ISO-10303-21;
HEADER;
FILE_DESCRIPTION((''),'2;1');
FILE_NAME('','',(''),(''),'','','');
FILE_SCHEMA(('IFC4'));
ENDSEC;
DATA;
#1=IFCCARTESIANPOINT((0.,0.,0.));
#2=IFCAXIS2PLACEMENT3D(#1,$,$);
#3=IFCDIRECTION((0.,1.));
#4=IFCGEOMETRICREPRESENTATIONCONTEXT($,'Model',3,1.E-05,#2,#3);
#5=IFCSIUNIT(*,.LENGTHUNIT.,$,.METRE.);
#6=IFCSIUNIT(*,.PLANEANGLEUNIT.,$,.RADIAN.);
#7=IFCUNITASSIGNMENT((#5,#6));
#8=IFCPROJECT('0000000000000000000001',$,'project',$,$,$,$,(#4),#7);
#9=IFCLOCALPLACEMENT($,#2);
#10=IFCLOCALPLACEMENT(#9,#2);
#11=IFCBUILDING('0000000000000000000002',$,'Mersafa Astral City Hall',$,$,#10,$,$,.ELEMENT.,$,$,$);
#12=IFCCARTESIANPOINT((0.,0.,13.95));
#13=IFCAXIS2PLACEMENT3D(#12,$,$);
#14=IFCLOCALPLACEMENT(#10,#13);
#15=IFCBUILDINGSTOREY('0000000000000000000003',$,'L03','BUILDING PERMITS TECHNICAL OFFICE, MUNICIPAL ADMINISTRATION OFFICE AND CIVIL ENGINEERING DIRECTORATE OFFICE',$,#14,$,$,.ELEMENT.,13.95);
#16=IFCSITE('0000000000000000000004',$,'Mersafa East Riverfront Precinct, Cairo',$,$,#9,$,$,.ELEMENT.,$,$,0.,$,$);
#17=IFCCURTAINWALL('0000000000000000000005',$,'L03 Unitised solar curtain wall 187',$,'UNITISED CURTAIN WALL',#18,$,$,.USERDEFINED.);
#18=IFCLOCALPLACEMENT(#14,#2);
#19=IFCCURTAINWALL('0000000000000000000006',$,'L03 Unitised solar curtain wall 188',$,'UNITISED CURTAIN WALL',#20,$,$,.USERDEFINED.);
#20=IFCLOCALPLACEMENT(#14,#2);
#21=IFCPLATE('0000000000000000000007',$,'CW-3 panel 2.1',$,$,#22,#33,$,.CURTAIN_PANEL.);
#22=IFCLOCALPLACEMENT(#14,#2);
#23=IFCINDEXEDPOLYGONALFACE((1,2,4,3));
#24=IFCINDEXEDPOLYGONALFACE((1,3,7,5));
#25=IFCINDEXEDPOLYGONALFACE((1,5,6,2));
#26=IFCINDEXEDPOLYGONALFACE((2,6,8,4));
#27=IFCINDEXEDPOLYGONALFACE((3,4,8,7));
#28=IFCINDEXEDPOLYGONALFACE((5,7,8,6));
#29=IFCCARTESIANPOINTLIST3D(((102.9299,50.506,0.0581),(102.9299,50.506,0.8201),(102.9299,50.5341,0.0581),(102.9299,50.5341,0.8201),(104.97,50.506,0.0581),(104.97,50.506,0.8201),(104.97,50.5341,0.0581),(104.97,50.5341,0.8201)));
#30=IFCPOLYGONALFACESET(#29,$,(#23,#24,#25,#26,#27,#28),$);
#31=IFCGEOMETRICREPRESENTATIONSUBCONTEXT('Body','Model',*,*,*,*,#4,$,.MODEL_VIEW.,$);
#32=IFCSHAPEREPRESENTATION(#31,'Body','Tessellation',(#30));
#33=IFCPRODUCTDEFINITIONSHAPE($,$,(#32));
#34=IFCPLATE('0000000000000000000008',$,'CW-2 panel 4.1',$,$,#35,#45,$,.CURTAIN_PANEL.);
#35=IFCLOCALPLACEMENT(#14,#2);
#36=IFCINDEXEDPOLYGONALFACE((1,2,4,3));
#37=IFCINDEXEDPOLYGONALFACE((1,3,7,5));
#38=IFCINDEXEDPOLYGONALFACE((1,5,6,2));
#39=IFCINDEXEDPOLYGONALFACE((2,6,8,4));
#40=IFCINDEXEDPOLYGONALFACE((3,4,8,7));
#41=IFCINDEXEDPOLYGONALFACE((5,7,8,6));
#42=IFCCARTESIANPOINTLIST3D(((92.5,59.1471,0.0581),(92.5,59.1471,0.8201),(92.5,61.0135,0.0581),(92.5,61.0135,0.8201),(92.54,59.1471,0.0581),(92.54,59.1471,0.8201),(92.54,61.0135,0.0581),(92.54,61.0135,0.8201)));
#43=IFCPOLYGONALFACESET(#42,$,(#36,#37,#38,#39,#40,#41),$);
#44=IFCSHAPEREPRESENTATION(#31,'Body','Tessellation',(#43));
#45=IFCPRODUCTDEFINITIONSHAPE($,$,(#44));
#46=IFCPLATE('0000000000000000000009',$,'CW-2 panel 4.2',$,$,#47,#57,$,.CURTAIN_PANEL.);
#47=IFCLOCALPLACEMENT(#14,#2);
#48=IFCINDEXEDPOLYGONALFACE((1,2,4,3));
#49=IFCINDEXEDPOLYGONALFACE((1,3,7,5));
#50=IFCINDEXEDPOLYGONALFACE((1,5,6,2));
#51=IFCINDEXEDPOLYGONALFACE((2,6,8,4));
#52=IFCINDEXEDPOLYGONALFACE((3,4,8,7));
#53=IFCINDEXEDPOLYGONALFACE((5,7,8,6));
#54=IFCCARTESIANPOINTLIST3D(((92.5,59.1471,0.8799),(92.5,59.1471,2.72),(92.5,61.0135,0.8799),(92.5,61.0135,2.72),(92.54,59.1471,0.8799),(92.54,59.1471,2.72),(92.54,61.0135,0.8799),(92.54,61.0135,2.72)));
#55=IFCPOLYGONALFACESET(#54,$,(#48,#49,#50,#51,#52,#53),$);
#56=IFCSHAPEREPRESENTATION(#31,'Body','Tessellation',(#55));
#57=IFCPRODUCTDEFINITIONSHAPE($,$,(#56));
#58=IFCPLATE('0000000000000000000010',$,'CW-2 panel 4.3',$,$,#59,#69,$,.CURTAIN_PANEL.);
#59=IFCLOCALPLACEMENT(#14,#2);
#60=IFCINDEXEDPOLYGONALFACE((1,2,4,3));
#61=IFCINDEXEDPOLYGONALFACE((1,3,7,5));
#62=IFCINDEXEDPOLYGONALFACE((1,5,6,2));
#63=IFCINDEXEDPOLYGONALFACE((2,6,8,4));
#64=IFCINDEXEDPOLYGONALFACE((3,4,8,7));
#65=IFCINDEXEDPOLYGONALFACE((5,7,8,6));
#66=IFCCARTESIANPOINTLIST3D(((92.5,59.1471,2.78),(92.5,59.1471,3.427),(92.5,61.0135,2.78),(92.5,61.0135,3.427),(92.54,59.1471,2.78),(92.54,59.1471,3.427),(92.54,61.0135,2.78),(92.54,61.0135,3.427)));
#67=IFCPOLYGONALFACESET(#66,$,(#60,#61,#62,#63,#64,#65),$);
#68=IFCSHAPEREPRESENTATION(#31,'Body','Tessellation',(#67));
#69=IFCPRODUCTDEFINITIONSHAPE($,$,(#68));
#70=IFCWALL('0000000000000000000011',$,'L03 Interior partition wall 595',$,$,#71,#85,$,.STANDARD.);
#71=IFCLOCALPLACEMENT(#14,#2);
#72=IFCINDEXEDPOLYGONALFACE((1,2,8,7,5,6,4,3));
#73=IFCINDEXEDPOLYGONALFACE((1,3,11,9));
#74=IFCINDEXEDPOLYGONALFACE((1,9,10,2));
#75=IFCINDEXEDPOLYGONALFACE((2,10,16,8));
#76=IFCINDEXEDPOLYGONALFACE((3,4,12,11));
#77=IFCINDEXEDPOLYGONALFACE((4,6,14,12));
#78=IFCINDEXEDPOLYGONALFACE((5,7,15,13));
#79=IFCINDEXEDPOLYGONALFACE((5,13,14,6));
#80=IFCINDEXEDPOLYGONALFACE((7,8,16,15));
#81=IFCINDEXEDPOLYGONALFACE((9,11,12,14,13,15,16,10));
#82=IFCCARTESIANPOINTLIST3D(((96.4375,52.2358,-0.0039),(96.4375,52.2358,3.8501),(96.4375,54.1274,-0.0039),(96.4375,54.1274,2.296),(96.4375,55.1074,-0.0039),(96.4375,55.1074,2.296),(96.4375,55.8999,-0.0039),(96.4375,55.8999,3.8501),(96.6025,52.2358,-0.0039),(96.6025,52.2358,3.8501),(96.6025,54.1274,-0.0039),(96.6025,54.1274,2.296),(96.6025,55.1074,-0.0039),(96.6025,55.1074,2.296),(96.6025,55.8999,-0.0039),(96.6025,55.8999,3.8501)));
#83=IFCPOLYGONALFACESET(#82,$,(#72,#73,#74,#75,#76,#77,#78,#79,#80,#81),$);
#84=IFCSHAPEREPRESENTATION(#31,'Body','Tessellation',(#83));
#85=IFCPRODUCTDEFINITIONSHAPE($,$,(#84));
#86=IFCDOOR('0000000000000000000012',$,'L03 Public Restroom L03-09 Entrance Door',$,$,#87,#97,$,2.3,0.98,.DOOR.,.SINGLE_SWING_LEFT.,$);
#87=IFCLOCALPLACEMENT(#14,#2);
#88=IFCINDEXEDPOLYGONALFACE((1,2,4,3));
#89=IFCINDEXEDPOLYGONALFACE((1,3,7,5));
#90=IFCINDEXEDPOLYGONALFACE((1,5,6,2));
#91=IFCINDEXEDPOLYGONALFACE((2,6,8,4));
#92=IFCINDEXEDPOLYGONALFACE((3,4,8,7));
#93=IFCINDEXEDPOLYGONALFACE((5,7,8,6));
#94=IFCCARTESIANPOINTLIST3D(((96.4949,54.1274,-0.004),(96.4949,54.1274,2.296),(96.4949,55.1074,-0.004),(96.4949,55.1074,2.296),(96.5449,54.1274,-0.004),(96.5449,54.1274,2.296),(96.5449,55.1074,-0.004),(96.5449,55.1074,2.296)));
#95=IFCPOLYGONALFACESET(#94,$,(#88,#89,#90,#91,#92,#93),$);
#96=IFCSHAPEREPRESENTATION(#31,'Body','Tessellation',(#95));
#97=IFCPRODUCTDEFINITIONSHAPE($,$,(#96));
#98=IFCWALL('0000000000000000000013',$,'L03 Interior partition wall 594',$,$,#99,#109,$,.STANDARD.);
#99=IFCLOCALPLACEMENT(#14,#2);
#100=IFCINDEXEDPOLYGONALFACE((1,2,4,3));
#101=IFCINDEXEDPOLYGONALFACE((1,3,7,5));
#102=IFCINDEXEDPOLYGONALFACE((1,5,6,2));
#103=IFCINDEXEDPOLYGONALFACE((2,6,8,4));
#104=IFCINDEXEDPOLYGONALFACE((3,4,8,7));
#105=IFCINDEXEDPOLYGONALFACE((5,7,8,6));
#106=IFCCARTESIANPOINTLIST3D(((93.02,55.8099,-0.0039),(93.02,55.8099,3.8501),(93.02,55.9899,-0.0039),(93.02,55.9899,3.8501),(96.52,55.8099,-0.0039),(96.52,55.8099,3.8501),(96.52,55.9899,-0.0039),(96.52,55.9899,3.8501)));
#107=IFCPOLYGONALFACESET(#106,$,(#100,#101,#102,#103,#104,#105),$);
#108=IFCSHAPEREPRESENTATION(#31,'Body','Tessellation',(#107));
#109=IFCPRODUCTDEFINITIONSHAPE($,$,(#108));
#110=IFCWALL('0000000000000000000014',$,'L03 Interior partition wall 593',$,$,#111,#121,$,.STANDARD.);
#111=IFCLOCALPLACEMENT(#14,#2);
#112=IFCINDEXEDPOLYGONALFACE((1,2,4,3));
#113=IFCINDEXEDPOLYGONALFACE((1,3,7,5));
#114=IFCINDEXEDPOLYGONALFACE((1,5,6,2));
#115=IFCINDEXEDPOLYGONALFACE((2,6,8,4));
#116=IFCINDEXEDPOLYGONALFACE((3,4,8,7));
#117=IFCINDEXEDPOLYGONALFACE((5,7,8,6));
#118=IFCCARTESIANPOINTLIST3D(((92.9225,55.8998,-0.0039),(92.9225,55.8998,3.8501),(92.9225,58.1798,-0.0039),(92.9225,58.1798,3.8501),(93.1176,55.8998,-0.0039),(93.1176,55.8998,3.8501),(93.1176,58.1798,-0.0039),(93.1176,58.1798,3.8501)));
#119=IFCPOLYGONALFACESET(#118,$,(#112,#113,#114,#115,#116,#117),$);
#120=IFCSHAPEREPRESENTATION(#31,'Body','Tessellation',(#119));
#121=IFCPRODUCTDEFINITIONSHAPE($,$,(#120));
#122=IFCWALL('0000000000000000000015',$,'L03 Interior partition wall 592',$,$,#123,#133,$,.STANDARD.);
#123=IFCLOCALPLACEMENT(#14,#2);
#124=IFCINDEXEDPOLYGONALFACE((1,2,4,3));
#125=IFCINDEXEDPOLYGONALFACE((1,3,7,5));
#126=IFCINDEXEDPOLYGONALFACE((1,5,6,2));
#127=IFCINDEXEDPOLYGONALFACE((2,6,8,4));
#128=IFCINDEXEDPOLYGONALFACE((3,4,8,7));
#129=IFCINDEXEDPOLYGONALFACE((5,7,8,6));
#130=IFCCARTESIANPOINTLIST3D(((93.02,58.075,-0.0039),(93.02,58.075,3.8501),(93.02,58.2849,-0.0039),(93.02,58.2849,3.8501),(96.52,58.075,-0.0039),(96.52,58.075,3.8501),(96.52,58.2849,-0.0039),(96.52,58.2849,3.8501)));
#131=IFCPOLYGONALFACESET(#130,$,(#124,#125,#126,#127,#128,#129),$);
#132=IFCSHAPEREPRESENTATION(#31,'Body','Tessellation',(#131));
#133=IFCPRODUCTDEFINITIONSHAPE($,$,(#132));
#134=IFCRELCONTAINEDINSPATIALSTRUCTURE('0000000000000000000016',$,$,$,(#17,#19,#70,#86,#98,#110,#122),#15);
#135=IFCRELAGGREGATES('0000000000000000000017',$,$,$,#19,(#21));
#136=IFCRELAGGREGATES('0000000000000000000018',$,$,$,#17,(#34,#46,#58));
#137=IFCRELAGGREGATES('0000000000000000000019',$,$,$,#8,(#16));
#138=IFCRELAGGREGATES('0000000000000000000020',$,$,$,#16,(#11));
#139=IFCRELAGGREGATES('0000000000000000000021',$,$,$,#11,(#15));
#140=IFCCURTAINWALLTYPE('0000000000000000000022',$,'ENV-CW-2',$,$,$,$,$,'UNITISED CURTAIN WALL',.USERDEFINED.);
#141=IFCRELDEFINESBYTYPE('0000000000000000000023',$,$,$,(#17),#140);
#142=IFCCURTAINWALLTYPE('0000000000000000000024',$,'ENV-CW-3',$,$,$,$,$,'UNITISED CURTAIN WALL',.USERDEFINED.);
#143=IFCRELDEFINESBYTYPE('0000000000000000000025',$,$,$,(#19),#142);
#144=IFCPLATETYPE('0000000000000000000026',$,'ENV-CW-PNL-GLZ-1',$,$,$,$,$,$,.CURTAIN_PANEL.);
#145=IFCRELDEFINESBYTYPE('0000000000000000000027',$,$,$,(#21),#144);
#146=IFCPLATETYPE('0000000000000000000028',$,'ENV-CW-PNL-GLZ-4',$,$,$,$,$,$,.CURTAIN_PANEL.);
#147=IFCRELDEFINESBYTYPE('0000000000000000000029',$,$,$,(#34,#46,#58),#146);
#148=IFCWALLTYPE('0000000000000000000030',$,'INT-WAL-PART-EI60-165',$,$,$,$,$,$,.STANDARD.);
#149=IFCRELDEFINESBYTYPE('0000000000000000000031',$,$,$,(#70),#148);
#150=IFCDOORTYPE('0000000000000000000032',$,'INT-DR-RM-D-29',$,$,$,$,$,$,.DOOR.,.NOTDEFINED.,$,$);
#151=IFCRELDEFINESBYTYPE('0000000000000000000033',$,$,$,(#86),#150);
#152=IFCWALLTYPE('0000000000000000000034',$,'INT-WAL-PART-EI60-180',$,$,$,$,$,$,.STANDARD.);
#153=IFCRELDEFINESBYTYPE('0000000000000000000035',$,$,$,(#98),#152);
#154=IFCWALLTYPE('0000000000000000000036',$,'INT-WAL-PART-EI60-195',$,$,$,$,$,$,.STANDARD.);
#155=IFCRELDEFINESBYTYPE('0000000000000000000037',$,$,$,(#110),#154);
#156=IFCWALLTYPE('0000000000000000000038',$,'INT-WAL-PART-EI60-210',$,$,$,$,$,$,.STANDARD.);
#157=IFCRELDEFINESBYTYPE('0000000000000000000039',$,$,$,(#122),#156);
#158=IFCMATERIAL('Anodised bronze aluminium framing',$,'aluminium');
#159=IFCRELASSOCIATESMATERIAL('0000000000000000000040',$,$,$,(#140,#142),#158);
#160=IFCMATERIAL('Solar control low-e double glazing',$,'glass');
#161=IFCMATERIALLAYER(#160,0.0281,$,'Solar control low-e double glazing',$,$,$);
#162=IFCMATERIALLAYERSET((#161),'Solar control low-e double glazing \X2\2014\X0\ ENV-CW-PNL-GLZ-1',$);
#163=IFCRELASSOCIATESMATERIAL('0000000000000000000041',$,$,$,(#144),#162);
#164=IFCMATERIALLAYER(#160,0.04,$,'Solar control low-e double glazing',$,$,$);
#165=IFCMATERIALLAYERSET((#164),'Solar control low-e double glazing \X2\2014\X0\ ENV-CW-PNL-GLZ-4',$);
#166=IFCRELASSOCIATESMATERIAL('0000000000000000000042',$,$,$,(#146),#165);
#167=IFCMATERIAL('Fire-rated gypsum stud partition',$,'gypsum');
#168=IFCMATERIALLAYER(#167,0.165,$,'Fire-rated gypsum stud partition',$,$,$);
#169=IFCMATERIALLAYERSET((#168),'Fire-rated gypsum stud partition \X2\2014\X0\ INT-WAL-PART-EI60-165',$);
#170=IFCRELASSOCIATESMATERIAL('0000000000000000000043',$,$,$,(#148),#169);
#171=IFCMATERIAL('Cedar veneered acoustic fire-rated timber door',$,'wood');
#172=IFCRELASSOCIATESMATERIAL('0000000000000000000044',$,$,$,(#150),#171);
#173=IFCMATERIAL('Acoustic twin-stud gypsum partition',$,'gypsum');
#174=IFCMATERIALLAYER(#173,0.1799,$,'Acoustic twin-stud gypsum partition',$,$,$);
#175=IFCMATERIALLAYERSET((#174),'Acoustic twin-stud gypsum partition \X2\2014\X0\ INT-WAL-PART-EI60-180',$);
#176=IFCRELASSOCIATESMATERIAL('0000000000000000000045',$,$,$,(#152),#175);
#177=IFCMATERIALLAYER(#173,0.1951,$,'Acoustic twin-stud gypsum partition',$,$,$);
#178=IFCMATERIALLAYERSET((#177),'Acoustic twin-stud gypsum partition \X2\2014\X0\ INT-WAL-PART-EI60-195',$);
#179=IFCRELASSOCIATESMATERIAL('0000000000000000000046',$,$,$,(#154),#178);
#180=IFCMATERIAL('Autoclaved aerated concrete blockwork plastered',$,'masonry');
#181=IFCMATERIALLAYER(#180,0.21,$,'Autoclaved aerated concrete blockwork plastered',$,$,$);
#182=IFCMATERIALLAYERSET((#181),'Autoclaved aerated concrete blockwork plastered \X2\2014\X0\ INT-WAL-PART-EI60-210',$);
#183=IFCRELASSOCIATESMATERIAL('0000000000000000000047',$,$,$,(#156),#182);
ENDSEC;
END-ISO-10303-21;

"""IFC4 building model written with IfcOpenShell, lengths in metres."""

from ifc_helpers import new_model, si_unit, direction, frame, frame_2d, origin, origin_2d, place, context, subcontext, project, spatial, rectangle, extrude, material, layer, layer_set, type_object, element, fill, aggregate, save


model = new_model("IFC4")

# Units and contexts
model_context = context("Model", 3, precision=1e-05, world=origin(), true_north=direction((0.0, 1.0)))
body_context = subcontext(model_context, "Body", "Model", "MODEL_VIEW")
ifc_project = project(units=[si_unit("LENGTHUNIT", "METRE"), si_unit("PLANEANGLEUNIT", "RADIAN")], contexts=[model_context])

# Site, building, storey
site_placement = place(None, origin())
site = spatial("IfcSite", under=ifc_project, at=site_placement, Name="Mersafa East Riverfront Precinct, Cairo", CompositionType="ELEMENT", RefElevation=0.0)
building_placement = place(site_placement, origin())
building = spatial("IfcBuilding", under=site, at=building_placement, Name="Mersafa Astral City Hall", CompositionType="ELEMENT")
storey_placement = place(building_placement, frame((0.0, 0.0, 13.95)))
storey = spatial("IfcBuildingStorey", under=building, at=storey_placement, Name="L03", Description="BUILDING PERMITS TECHNICAL OFFICE, MUNICIPAL ADMINISTRATION OFFICE AND CIVIL ENGINEERING DIRECTORATE OFFICE", CompositionType="ELEMENT", Elevation=13.95)

# Curtain walls
ifc_material_1 = material(Name="Anodised bronze aluminium framing", Category="aluminium")
curtain_wall_type_1 = type_object("IfcCurtainWallType", Name="ENV-CW-2", ElementType="UNITISED CURTAIN WALL", PredefinedType="USERDEFINED", material=ifc_material_1)
curtain_wall_1_placement = place(storey_placement, origin())
curtain_wall_1 = element("IfcCurtainWall", 1, at=curtain_wall_1_placement, inside=storey, type_object=curtain_wall_type_1, Name="L03 Unitised solar curtain wall 187", ObjectType="UNITISED CURTAIN WALL", PredefinedType="USERDEFINED")
curtain_wall_type_2 = type_object("IfcCurtainWallType", Name="ENV-CW-3", ElementType="UNITISED CURTAIN WALL", PredefinedType="USERDEFINED", material=ifc_material_1)
curtain_wall_2_placement = place(storey_placement, origin())
curtain_wall_2 = element("IfcCurtainWall", 2, at=curtain_wall_2_placement, inside=storey, type_object=curtain_wall_type_2, Name="L03 Unitised solar curtain wall 188", ObjectType="UNITISED CURTAIN WALL", PredefinedType="USERDEFINED")

# Plates
ifc_material_2 = material(Name="Solar control low-e double glazing", Category="glass")
ifc_layer_1 = layer(ifc_material_2, 0.0281, Name="Solar control low-e double glazing")
ifc_layer_set_1 = layer_set([ifc_layer_1], Name="Solar control low-e double glazing — ENV-CW-PNL-GLZ-1")
plate_type_1 = type_object("IfcPlateType", Name="ENV-CW-PNL-GLZ-1", PredefinedType="CURTAIN_PANEL", material=ifc_layer_set_1)
plate_1_placement = place(storey_placement, frame((103.95, 50.52, 0.0581), z_axis=(0.0, 0.0, 1.0), x_axis=(1.0, 0.0, 0.0)))
plate_1 = element("IfcPlate", 3, at=plate_1_placement, type_object=plate_type_1, Name="CW-3 panel 2.1", PredefinedType="CURTAIN_PANEL", context=body_context, shape_type="SweptSolid", body=[
    extrude(rectangle(XDim=2.04, YDim=0.0281, at=origin_2d()), origin(), (0.0, 0.0, 1.0), 0.762),
])
aggregate(curtain_wall_2, [plate_1])
ifc_layer_2 = layer(ifc_material_2, 0.04, Name="Solar control low-e double glazing")
ifc_layer_set_2 = layer_set([ifc_layer_2], Name="Solar control low-e double glazing — ENV-CW-PNL-GLZ-4")
plate_type_2 = type_object("IfcPlateType", Name="ENV-CW-PNL-GLZ-4", PredefinedType="CURTAIN_PANEL", material=ifc_layer_set_2)
plate_2_placement = place(storey_placement, frame((92.52, 60.0803, 0.0581), z_axis=(0.0, 0.0, 1.0), x_axis=(0.0, -1.0, 0.0)))
plate_2 = element("IfcPlate", 4, at=plate_2_placement, type_object=plate_type_2, Name="CW-2 panel 4.1", PredefinedType="CURTAIN_PANEL", context=body_context, shape_type="SweptSolid", body=[
    extrude(rectangle(XDim=1.8665, YDim=0.04, at=origin_2d()), origin(), (0.0, 0.0, 1.0), 0.762),
])
plate_3_placement = place(storey_placement, frame((92.52, 60.0803, 0.8799), z_axis=(0.0, 0.0, 1.0), x_axis=(0.0, -1.0, 0.0)))
plate_3 = element("IfcPlate", 5, at=plate_3_placement, type_object=plate_type_2, Name="CW-2 panel 4.2", PredefinedType="CURTAIN_PANEL", context=body_context, shape_type="SweptSolid", body=[
    extrude(rectangle(XDim=1.8665, YDim=0.04, at=origin_2d()), origin(), (0.0, 0.0, 1.0), 1.8401),
])
plate_4_placement = place(storey_placement, frame((92.52, 60.0803, 2.78), z_axis=(0.0, 0.0, 1.0), x_axis=(0.0, -1.0, 0.0)))
plate_4 = element("IfcPlate", 6, at=plate_4_placement, type_object=plate_type_2, Name="CW-2 panel 4.3", PredefinedType="CURTAIN_PANEL", context=body_context, shape_type="SweptSolid", body=[
    extrude(rectangle(XDim=1.8665, YDim=0.04, at=origin_2d()), origin(), (0.0, 0.0, 1.0), 0.647),
])
aggregate(curtain_wall_1, [plate_2, plate_3, plate_4])

# Wall, opening, door
ifc_material_3 = material(Name="Fire-rated gypsum stud partition", Category="gypsum")
ifc_layer_3 = layer(ifc_material_3, 0.165, Name="Fire-rated gypsum stud partition")
ifc_layer_set_3 = layer_set([ifc_layer_3], Name="Fire-rated gypsum stud partition — INT-WAL-PART-EI60-165")
wall_type_1 = type_object("IfcWallType", Name="INT-WAL-PART-EI60-165", PredefinedType="STANDARD", material=ifc_layer_set_3)
wall_1_placement = place(storey_placement, frame((96.52, 55.8999, -0.0039), z_axis=(0.0, 0.0, 1.0), x_axis=(0.0, -1.0, 0.0)))
wall_1 = element("IfcWall", 7, at=wall_1_placement, inside=storey, type_object=wall_type_1, Name="L03 Interior partition wall 595", PredefinedType="STANDARD", context=body_context, shape_type="SweptSolid", body=[
    extrude(rectangle(XDim=3.6641, YDim=0.165, at=frame_2d((1.832, 0.0))), origin(), (0.0, 0.0, 1.0), 3.854),
])
opening_placement = place(wall_1_placement, frame((0.7925, 0.0, 0.0)))
opening = element("IfcOpeningElement", 8, at=opening_placement, cuts=wall_1, PredefinedType="OPENING", context=body_context, shape_type="SweptSolid", body=[
    extrude(rectangle(XDim=0.98, YDim=2.3, at=frame_2d((0.49, 1.1499))), frame((0.0, 0.0925, 0.0), z_axis=(0.0, -1.0, 0.0), x_axis=(1.0, 0.0, 0.0)), (0.0, 0.0, 1.0), 0.1851),
])
ifc_material_4 = material(Name="Cedar veneered acoustic fire-rated timber door", Category="wood")
door_type = type_object("IfcDoorType", Name="INT-DR-RM-D-29", OperationType="NOTDEFINED", PredefinedType="DOOR", material=ifc_material_4)
door_placement = place(opening_placement, origin())
door = element("IfcDoor", 9, at=door_placement, inside=storey, type_object=door_type, Name="L03 Public Restroom L03-09 Entrance Door", OperationType="SINGLE_SWING_LEFT", OverallHeight=2.3, OverallWidth=0.98, PredefinedType="DOOR", context=body_context, shape_type="SweptSolid", body=[
    extrude(rectangle(XDim=0.98, YDim=2.3, at=frame_2d((0.49, 1.1499))), frame((0.0, 0.0249, 0.0), z_axis=(0.0, -1.0, 0.0), x_axis=(1.0, 0.0, 0.0)), (0.0, 0.0, 1.0), 0.05),
])
fill(opening, door)

# Walls
ifc_material_5 = material(Name="Acoustic twin-stud gypsum partition", Category="gypsum")
ifc_layer_4 = layer(ifc_material_5, 0.1799, Name="Acoustic twin-stud gypsum partition")
ifc_layer_set_4 = layer_set([ifc_layer_4], Name="Acoustic twin-stud gypsum partition — INT-WAL-PART-EI60-180")
wall_type_2 = type_object("IfcWallType", Name="INT-WAL-PART-EI60-180", PredefinedType="STANDARD", material=ifc_layer_set_4)
wall_2_placement = place(storey_placement, frame((93.02, 55.8999, -0.0039), z_axis=(0.0, 0.0, 1.0), x_axis=(1.0, 0.0, 0.0)))
element("IfcWall", 10, at=wall_2_placement, inside=storey, type_object=wall_type_2, Name="L03 Interior partition wall 594", PredefinedType="STANDARD", context=body_context, shape_type="SweptSolid", body=[
    extrude(rectangle(XDim=3.5, YDim=0.1799, at=frame_2d((1.75, 0.0))), origin(), (0.0, 0.0, 1.0), 3.854),
])
ifc_layer_5 = layer(ifc_material_5, 0.1951, Name="Acoustic twin-stud gypsum partition")
ifc_layer_set_5 = layer_set([ifc_layer_5], Name="Acoustic twin-stud gypsum partition — INT-WAL-PART-EI60-195")
wall_type_3 = type_object("IfcWallType", Name="INT-WAL-PART-EI60-195", PredefinedType="STANDARD", material=ifc_layer_set_5)
wall_3_placement = place(storey_placement, frame((93.02, 58.1799, -0.0039), z_axis=(0.0, 0.0, 1.0), x_axis=(0.0, -1.0, 0.0)))
element("IfcWall", 11, at=wall_3_placement, inside=storey, type_object=wall_type_3, Name="L03 Interior partition wall 593", PredefinedType="STANDARD", context=body_context, shape_type="SweptSolid", body=[
    extrude(rectangle(XDim=2.28, YDim=0.1951, at=frame_2d((1.1401, 0.0))), origin(), (0.0, 0.0, 1.0), 3.854),
])
ifc_material_6 = material(Name="Autoclaved aerated concrete blockwork plastered", Category="masonry")
ifc_layer_6 = layer(ifc_material_6, 0.21, Name="Autoclaved aerated concrete blockwork plastered")
ifc_layer_set_6 = layer_set([ifc_layer_6], Name="Autoclaved aerated concrete blockwork plastered — INT-WAL-PART-EI60-210")
wall_type_4 = type_object("IfcWallType", Name="INT-WAL-PART-EI60-210", PredefinedType="STANDARD", material=ifc_layer_set_6)
wall_4_placement = place(storey_placement, frame((96.52, 58.1799, -0.0039), z_axis=(0.0, 0.0, 1.0), x_axis=(-1.0, 0.0, 0.0)))
element("IfcWall", 12, at=wall_4_placement, inside=storey, type_object=wall_type_4, Name="L03 Interior partition wall 592", PredefinedType="STANDARD", context=body_context, shape_type="SweptSolid", body=[
    extrude(rectangle(XDim=3.5, YDim=0.21, at=frame_2d((1.75, 0.0))), origin(), (0.0, 0.0, 1.0), 3.854),
])

save(model, "model.ifc")
